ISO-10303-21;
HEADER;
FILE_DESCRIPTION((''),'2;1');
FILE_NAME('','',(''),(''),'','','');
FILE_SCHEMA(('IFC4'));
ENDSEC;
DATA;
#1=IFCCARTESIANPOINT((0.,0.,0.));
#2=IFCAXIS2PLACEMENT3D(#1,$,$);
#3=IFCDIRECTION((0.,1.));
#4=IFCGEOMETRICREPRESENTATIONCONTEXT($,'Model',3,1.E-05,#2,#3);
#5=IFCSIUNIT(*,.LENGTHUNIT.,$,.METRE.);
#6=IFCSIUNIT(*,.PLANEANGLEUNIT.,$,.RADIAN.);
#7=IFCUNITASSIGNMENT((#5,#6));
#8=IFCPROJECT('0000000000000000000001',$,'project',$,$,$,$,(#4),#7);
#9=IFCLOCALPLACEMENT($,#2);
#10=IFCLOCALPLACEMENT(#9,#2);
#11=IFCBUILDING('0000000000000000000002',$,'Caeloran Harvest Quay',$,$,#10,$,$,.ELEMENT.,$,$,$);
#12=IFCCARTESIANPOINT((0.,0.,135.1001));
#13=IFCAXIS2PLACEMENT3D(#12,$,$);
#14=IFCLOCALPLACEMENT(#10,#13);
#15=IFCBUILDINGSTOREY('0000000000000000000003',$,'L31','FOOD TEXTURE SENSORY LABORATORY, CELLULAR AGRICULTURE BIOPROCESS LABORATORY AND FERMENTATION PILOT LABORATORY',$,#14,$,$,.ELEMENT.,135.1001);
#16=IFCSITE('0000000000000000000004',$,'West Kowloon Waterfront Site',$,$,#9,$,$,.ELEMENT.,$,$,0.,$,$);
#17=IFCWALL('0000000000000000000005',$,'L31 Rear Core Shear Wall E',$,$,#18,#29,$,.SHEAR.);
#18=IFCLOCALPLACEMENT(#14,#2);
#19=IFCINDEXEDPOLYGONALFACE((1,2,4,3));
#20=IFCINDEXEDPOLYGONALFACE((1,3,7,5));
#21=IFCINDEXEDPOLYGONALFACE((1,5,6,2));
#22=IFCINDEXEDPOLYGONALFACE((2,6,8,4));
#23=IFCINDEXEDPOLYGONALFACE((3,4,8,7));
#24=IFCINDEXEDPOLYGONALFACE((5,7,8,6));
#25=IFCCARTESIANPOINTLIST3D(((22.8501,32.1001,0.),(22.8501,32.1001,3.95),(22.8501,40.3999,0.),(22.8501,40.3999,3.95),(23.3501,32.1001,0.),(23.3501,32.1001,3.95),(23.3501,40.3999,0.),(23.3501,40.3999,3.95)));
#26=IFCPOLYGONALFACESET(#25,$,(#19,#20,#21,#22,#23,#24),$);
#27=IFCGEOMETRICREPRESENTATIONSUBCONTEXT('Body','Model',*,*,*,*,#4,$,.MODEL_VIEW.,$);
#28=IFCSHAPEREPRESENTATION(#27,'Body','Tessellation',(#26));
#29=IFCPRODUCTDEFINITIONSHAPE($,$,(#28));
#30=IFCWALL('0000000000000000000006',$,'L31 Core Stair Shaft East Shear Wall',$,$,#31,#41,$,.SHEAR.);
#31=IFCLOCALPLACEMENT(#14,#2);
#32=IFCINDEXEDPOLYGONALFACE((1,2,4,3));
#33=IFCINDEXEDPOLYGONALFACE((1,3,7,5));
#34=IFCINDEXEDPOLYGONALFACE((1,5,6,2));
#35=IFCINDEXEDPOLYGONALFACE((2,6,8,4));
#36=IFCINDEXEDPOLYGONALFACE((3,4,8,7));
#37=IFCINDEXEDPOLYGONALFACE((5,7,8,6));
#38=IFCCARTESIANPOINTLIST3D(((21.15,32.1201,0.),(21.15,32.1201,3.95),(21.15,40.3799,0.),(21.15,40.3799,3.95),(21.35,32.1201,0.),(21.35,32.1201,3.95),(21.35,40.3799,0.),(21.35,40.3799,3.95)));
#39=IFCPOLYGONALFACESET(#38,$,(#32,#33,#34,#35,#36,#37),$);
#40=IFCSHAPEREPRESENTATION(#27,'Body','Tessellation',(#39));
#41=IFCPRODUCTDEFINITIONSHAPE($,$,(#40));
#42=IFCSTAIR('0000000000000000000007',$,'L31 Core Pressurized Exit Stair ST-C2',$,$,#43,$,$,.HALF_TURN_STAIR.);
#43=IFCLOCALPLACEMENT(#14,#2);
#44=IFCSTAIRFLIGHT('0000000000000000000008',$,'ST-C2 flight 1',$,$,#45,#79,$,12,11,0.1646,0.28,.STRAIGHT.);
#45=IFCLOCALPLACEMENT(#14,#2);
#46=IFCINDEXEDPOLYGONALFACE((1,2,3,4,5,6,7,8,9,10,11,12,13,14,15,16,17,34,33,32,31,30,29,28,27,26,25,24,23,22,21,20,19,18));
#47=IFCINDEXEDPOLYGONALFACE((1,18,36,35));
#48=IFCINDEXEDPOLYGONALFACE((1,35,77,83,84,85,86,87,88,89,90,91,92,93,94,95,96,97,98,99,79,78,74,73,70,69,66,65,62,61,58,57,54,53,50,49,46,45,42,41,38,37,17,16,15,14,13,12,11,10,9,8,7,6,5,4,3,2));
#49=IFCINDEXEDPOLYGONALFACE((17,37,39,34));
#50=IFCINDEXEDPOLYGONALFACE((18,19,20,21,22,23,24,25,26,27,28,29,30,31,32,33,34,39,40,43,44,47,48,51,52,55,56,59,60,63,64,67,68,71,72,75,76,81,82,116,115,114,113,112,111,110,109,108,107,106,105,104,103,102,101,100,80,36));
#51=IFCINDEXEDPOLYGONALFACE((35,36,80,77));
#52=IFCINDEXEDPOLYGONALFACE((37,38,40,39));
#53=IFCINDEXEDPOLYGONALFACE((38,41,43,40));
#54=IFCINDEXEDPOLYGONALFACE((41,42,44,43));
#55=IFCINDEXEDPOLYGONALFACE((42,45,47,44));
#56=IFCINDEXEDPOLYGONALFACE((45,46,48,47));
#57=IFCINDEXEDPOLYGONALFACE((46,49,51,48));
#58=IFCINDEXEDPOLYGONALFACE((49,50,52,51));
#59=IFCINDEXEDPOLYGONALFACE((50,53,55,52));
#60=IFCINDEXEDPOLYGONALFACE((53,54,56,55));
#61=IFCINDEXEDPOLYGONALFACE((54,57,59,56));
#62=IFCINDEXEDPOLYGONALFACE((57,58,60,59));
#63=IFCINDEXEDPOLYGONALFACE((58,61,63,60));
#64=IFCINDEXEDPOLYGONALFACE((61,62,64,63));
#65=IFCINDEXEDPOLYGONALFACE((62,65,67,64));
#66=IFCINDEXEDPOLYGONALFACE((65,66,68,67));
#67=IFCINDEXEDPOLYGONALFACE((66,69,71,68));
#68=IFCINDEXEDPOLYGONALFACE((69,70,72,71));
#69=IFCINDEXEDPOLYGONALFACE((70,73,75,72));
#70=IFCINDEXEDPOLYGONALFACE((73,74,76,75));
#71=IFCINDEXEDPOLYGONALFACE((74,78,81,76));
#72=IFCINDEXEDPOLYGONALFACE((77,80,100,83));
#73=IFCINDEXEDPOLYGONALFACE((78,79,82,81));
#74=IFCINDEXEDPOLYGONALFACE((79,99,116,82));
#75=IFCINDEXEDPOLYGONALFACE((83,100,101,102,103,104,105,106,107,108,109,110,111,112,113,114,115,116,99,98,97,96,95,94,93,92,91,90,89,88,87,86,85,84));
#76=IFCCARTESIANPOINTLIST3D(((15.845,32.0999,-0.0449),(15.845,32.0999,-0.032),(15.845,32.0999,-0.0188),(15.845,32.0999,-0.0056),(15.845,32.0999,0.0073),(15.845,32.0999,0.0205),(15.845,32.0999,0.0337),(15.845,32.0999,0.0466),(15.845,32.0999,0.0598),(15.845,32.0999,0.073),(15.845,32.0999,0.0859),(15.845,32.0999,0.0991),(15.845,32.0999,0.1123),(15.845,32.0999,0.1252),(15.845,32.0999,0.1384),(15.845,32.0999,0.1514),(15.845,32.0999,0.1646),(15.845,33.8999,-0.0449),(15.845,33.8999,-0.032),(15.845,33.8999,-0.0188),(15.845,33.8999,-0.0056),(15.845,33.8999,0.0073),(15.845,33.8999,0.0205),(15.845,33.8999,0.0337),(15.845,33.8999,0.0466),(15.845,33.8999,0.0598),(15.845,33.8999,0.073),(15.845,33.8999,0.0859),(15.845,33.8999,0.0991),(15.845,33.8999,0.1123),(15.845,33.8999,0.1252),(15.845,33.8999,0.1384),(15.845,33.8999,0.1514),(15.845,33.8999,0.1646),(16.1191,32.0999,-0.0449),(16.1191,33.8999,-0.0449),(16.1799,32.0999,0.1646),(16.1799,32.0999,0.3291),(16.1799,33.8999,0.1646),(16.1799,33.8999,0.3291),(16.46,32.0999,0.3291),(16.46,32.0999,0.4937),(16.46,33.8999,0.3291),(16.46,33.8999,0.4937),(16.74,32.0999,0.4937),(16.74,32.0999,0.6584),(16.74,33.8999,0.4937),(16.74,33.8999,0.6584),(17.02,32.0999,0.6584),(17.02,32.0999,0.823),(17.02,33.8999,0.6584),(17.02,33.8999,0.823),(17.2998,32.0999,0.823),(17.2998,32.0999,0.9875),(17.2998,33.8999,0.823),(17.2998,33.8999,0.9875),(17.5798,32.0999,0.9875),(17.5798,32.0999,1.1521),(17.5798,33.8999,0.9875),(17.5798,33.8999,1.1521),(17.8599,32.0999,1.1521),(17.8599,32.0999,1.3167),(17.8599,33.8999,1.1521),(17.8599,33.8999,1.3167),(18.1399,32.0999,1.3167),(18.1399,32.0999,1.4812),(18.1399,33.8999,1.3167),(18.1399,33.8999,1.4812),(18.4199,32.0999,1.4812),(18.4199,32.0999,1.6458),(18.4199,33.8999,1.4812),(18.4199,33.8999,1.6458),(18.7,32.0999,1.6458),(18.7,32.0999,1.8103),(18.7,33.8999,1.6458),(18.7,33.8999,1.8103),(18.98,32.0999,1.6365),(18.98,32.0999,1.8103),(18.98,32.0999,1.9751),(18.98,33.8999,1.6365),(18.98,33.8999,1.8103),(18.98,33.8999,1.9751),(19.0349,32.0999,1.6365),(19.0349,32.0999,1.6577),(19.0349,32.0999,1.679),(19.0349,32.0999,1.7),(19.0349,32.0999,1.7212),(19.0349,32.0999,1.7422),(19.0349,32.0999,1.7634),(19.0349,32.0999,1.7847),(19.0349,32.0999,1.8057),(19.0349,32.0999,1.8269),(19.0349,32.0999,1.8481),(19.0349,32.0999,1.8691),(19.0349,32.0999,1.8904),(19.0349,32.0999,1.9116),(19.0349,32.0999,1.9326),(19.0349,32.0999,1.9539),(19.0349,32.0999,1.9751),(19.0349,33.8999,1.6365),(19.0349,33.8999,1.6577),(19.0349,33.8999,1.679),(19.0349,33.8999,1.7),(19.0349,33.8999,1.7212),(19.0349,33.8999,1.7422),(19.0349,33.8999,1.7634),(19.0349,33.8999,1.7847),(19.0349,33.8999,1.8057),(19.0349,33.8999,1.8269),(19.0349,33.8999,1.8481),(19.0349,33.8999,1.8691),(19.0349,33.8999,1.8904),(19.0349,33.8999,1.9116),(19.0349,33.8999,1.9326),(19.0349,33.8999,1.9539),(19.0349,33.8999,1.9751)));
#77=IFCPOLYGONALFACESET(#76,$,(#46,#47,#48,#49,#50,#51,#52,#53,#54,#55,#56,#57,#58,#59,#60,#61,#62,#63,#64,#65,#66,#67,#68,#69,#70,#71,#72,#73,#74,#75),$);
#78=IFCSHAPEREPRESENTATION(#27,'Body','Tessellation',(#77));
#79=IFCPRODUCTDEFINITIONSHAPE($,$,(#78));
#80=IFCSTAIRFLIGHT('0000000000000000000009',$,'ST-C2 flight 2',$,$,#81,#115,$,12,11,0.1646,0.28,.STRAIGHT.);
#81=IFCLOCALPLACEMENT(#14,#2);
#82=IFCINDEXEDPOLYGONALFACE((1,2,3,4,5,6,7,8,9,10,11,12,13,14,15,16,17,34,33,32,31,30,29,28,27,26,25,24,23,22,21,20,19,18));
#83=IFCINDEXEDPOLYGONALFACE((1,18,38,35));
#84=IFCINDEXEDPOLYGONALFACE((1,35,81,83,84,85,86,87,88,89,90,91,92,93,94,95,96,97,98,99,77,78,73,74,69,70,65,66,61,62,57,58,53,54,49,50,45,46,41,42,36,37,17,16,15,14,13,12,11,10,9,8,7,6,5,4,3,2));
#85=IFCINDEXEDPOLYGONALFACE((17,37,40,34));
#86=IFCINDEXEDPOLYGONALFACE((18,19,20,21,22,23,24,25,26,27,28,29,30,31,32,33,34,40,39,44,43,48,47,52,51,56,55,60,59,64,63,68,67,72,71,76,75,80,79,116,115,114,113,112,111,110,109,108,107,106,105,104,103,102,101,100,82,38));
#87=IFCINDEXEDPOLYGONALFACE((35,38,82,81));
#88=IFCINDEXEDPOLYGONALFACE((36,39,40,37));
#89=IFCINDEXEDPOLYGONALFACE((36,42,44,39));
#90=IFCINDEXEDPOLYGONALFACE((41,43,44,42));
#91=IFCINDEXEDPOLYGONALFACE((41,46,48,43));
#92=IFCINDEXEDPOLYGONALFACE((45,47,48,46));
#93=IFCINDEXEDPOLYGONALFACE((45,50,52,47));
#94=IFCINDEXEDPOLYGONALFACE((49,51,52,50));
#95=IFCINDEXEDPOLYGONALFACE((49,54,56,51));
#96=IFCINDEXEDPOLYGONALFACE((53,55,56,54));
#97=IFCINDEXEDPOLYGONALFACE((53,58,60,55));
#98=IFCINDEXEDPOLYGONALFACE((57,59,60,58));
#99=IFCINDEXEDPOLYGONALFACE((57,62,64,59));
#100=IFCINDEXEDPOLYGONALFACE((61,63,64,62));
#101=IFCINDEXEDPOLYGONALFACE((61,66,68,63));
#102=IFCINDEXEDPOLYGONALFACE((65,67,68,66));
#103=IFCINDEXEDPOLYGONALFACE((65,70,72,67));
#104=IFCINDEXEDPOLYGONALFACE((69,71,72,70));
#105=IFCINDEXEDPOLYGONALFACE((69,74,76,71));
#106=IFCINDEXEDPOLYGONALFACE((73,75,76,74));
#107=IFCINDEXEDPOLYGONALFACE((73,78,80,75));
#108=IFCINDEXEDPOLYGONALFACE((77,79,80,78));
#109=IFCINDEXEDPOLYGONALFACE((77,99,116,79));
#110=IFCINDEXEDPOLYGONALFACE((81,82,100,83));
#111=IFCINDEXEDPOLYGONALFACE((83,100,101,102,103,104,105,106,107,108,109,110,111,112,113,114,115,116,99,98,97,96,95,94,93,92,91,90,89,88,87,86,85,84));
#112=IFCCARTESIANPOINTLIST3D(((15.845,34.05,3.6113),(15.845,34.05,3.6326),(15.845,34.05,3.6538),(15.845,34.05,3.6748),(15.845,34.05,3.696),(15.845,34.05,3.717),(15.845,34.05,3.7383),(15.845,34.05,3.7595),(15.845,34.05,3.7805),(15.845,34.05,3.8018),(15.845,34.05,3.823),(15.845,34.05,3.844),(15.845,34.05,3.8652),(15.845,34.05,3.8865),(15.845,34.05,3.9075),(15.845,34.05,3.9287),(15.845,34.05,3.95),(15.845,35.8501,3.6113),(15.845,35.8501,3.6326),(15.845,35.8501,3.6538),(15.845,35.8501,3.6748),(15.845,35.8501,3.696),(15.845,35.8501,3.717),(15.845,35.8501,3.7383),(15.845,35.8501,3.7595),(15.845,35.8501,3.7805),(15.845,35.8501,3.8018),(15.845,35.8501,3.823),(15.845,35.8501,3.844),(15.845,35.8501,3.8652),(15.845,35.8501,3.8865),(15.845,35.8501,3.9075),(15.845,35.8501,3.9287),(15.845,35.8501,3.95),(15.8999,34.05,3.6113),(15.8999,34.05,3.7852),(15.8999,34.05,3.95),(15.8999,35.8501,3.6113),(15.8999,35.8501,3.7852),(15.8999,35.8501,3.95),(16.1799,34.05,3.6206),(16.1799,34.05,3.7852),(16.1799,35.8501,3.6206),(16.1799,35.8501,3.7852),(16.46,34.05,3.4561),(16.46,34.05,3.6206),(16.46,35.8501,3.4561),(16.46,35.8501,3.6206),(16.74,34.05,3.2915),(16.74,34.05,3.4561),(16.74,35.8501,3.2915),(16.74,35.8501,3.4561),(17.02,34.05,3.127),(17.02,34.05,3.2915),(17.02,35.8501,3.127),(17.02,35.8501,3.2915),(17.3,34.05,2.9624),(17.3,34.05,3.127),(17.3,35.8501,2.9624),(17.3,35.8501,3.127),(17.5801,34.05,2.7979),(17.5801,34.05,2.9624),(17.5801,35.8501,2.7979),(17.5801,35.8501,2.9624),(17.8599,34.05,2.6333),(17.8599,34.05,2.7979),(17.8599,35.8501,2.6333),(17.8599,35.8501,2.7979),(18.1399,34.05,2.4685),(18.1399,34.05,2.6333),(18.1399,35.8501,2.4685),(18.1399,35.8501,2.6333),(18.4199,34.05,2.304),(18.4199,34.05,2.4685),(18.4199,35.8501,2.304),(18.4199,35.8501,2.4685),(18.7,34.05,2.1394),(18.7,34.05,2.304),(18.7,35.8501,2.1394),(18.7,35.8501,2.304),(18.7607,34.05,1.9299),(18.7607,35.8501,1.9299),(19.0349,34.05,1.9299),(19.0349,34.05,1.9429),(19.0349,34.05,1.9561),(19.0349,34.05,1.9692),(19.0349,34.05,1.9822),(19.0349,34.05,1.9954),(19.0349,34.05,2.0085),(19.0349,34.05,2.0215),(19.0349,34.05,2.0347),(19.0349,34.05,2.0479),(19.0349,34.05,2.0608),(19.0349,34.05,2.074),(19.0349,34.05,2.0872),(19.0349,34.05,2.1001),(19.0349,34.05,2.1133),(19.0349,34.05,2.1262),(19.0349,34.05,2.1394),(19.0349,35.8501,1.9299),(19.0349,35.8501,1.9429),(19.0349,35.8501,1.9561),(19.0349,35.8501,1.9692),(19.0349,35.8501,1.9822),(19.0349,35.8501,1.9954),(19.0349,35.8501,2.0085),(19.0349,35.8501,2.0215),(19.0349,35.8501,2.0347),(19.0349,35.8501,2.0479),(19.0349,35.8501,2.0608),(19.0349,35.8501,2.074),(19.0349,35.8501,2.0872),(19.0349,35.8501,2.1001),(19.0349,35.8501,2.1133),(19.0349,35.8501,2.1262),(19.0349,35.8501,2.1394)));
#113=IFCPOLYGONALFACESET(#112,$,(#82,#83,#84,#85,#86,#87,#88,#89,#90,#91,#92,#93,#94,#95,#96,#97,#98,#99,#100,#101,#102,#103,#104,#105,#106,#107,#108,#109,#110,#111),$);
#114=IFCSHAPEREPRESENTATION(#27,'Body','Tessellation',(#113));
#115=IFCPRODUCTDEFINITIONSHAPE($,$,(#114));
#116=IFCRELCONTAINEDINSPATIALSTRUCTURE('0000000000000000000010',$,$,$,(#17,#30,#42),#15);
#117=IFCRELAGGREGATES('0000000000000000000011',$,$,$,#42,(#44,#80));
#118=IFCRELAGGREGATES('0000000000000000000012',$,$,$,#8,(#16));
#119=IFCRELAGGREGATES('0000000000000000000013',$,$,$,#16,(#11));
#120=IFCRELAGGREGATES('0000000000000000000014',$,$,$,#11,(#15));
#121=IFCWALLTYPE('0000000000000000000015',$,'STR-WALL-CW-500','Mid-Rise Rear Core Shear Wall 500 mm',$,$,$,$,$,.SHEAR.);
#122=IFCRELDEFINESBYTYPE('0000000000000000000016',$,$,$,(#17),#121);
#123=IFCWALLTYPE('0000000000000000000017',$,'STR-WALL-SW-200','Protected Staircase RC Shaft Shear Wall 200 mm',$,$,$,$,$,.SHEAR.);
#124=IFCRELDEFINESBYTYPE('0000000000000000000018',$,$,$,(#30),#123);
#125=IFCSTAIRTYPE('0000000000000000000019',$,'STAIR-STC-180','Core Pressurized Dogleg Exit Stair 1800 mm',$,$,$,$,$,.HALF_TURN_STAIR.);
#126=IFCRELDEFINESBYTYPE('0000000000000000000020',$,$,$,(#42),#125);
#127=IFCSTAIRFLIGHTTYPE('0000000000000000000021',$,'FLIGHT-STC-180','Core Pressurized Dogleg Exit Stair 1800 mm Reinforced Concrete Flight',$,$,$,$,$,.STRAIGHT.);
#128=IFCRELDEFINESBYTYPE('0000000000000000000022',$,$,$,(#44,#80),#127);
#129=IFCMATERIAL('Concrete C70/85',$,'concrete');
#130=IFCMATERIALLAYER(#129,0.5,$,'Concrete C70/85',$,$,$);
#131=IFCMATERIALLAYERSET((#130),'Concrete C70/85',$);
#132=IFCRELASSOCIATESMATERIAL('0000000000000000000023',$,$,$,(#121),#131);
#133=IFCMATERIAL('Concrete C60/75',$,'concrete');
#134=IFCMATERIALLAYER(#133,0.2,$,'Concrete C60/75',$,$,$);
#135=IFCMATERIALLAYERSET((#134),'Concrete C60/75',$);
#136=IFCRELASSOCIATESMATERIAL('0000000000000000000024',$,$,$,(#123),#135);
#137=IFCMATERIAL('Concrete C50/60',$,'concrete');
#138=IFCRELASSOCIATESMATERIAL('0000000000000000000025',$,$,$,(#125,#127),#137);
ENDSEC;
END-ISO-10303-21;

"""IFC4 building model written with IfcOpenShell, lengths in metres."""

from ifc_helpers import new_model, si_unit, direction, frame, frame_2d, origin, place, context, subcontext, project, spatial, polyline, rectangle, outline, extrude, material, layer, layer_set, type_object, element, aggregate, save


model = new_model("IFC4")

# Units and contexts
model_context = context("Model", 3, precision=1e-05, world=origin(), true_north=direction((0.0, 1.0)))
body_context = subcontext(model_context, "Body", "Model", "MODEL_VIEW")
ifc_project = project(units=[si_unit("LENGTHUNIT", "METRE"), si_unit("PLANEANGLEUNIT", "RADIAN")], contexts=[model_context])

# Site, building, storey
site_placement = place(None, origin())
site = spatial("IfcSite", under=ifc_project, at=site_placement, Name="West Kowloon Waterfront Site", CompositionType="ELEMENT", RefElevation=0.0)
building_placement = place(site_placement, origin())
building = spatial("IfcBuilding", under=site, at=building_placement, Name="Caeloran Harvest Quay", CompositionType="ELEMENT")
storey_placement = place(building_placement, frame((0.0, 0.0, 135.1001)))
storey = spatial("IfcBuildingStorey", under=building, at=storey_placement, Name="L31", Description="FOOD TEXTURE SENSORY LABORATORY, CELLULAR AGRICULTURE BIOPROCESS LABORATORY AND FERMENTATION PILOT LABORATORY", CompositionType="ELEMENT", Elevation=135.1001)

# Shared definitions
ifc_material_1 = material(Name="Concrete C50/60", Category="concrete")

# Walls
ifc_material_2 = material(Name="Concrete C70/85", Category="concrete")
ifc_layer_1 = layer(ifc_material_2, 0.5, Name="Concrete C70/85")
ifc_layer_set_1 = layer_set([ifc_layer_1], Name="Concrete C70/85")
wall_type_1 = type_object("IfcWallType", Name="STR-WALL-CW-500", Description="Mid-Rise Rear Core Shear Wall 500 mm", PredefinedType="SHEAR", material=ifc_layer_set_1)
wall_1_placement = place(storey_placement, frame((23.1001, 32.1001, 0.0), z_axis=(0.0, 0.0, 1.0), x_axis=(0.0, 1.0, 0.0)))
element("IfcWall", 1, at=wall_1_placement, inside=storey, type_object=wall_type_1, Name="L31 Rear Core Shear Wall E", PredefinedType="SHEAR", context=body_context, shape_type="SweptSolid", body=[
    extrude(rectangle(XDim=8.2998, YDim=0.5, at=frame_2d((4.1499, 0.0))), origin(), (0.0, 0.0, 1.0), 3.95),
])
ifc_material_3 = material(Name="Concrete C60/75", Category="concrete")
ifc_layer_2 = layer(ifc_material_3, 0.2, Name="Concrete C60/75")
ifc_layer_set_2 = layer_set([ifc_layer_2], Name="Concrete C60/75")
wall_type_2 = type_object("IfcWallType", Name="STR-WALL-SW-200", Description="Protected Staircase RC Shaft Shear Wall 200 mm", PredefinedType="SHEAR", material=ifc_layer_set_2)
wall_2_placement = place(storey_placement, frame((21.25, 32.1201, 0.0), z_axis=(0.0, 0.0, 1.0), x_axis=(0.0, 1.0, 0.0)))
element("IfcWall", 2, at=wall_2_placement, inside=storey, type_object=wall_type_2, Name="L31 Core Stair Shaft East Shear Wall", PredefinedType="SHEAR", context=body_context, shape_type="SweptSolid", body=[
    extrude(rectangle(XDim=8.2598, YDim=0.2, at=frame_2d((4.1299, 0.0))), origin(), (0.0, 0.0, 1.0), 3.95),
])

# Stair, stair flights
stair_type = type_object("IfcStairType", Name="STAIR-STC-180", Description="Core Pressurized Dogleg Exit Stair 1800 mm", PredefinedType="HALF_TURN_STAIR", material=ifc_material_1)
stair_placement = place(storey_placement, origin())
stair = element("IfcStair", 3, at=stair_placement, inside=storey, type_object=stair_type, Name="L31 Core Pressurized Exit Stair ST-C2", PredefinedType="HALF_TURN_STAIR")
stair_flight_type = type_object("IfcStairFlightType", Name="FLIGHT-STC-180", Description="Core Pressurized Dogleg Exit Stair 1800 mm Reinforced Concrete Flight", PredefinedType="STRAIGHT", material=ifc_material_1)
stair_flight_1_placement = place(storey_placement, frame((15.8999, 33.0, 0.0), z_axis=(0.0, 0.0, 1.0), x_axis=(1.0, 0.0, 0.0)))
stair_flight_1 = element("IfcStairFlight", 4, at=stair_flight_1_placement, type_object=stair_flight_type, Name="ST-C2 flight 1", NumberOfRisers=12, NumberOfTreads=11, PredefinedType="STRAIGHT", RiserHeight=0.1646, TreadLength=0.28, context=body_context, shape_type="SweptSolid", body=[
    extrude(outline(polyline([(-0.0549, -0.0449), (-0.0549, -0.032), (-0.0549, -0.0188), (-0.0549, -0.0056), (-0.0549, 0.0073), (-0.0549, 0.0205), (-0.0549, 0.0337), (-0.0549, 0.0466), (-0.0549, 0.0598), (-0.0549, 0.073), (-0.0549, 0.0859), (-0.0549, 0.0991), (-0.0549, 0.1123), (-0.0549, 0.1252), (-0.0549, 0.1384), (-0.0549, 0.1514), (-0.0549, 0.1646), (0.28, 0.1646), (0.28, 0.3291), (0.5601, 0.3291), (0.5601, 0.4937), (0.8401, 0.4937), (0.8401, 0.6584), (1.1201, 0.6584), (1.1201, 0.823), (1.3999, 0.823), (1.3999, 0.9875), (1.6799, 0.9875), (1.6799, 1.1521), (1.96, 1.1521), (1.96, 1.3167), (2.24, 1.3167), (2.24, 1.4812), (2.52, 1.4812), (2.52, 1.6458), (2.8, 1.6458), (2.8, 1.8103), (3.0801, 1.8103), (3.0801, 1.9751), (3.135, 1.9751), (3.135, 1.9539), (3.135, 1.9326), (3.135, 1.9116), (3.135, 1.8904), (3.135, 1.8691), (3.135, 1.8481), (3.135, 1.8269), (3.135, 1.8057), (3.135, 1.7847), (3.135, 1.7634), (3.135, 1.7422), (3.135, 1.7212), (3.135, 1.7), (3.135, 1.679), (3.135, 1.6577), (3.135, 1.6365), (3.0801, 1.6365), (0.2192, -0.0449), (-0.0549, -0.0449)])), frame((0.0, 0.8999, 0.0), z_axis=(0.0, -1.0, 0.0), x_axis=(1.0, 0.0, 0.0)), (0.0, 0.0, 1.0), 1.8),
])
stair_flight_2_placement = place(storey_placement, frame((18.98, 34.95, 1.9749), z_axis=(0.0, 0.0, 1.0), x_axis=(-1.0, 0.0, 0.0)))
stair_flight_2 = element("IfcStairFlight", 5, at=stair_flight_2_placement, type_object=stair_flight_type, Name="ST-C2 flight 2", NumberOfRisers=12, NumberOfTreads=11, PredefinedType="STRAIGHT", RiserHeight=0.1646, TreadLength=0.28, context=body_context, shape_type="SweptSolid", body=[
    extrude(outline(polyline([(-0.0549, -0.0449), (-0.0549, -0.032), (-0.0549, -0.0188), (-0.0549, -0.0056), (-0.0549, 0.0073), (-0.0549, 0.0205), (-0.0549, 0.0337), (-0.0549, 0.0466), (-0.0549, 0.0598), (-0.0549, 0.073), (-0.0549, 0.0859), (-0.0549, 0.0991), (-0.0549, 0.1123), (-0.0549, 0.1252), (-0.0549, 0.1384), (-0.0549, 0.1514), (-0.0549, 0.1646), (0.28, 0.1646), (0.28, 0.3291), (0.5601, 0.3291), (0.5601, 0.4937), (0.8401, 0.4937), (0.8401, 0.6584), (1.1201, 0.6584), (1.1201, 0.823), (1.3999, 0.823), (1.3999, 0.9875), (1.6799, 0.9875), (1.6799, 1.1521), (1.96, 1.1521), (1.96, 1.3167), (2.24, 1.3167), (2.24, 1.4812), (2.52, 1.4812), (2.52, 1.6458), (2.8, 1.6458), (2.8, 1.8103), (3.0801, 1.8103), (3.0801, 1.9751), (3.135, 1.9751), (3.135, 1.9539), (3.135, 1.9326), (3.135, 1.9116), (3.135, 1.8904), (3.135, 1.8691), (3.135, 1.8481), (3.135, 1.8269), (3.135, 1.8057), (3.135, 1.7847), (3.135, 1.7634), (3.135, 1.7422), (3.135, 1.7212), (3.135, 1.7), (3.135, 1.679), (3.135, 1.6577), (3.135, 1.6365), (3.0801, 1.6365), (0.2192, -0.0449), (-0.0549, -0.0449)])), frame((0.0, 0.8999, 0.0), z_axis=(0.0, -1.0, 0.0), x_axis=(1.0, 0.0, 0.0)), (0.0, 0.0, 1.0), 1.8),
])
aggregate(stair, [stair_flight_1, stair_flight_2])

save(model, "model.ifc")
